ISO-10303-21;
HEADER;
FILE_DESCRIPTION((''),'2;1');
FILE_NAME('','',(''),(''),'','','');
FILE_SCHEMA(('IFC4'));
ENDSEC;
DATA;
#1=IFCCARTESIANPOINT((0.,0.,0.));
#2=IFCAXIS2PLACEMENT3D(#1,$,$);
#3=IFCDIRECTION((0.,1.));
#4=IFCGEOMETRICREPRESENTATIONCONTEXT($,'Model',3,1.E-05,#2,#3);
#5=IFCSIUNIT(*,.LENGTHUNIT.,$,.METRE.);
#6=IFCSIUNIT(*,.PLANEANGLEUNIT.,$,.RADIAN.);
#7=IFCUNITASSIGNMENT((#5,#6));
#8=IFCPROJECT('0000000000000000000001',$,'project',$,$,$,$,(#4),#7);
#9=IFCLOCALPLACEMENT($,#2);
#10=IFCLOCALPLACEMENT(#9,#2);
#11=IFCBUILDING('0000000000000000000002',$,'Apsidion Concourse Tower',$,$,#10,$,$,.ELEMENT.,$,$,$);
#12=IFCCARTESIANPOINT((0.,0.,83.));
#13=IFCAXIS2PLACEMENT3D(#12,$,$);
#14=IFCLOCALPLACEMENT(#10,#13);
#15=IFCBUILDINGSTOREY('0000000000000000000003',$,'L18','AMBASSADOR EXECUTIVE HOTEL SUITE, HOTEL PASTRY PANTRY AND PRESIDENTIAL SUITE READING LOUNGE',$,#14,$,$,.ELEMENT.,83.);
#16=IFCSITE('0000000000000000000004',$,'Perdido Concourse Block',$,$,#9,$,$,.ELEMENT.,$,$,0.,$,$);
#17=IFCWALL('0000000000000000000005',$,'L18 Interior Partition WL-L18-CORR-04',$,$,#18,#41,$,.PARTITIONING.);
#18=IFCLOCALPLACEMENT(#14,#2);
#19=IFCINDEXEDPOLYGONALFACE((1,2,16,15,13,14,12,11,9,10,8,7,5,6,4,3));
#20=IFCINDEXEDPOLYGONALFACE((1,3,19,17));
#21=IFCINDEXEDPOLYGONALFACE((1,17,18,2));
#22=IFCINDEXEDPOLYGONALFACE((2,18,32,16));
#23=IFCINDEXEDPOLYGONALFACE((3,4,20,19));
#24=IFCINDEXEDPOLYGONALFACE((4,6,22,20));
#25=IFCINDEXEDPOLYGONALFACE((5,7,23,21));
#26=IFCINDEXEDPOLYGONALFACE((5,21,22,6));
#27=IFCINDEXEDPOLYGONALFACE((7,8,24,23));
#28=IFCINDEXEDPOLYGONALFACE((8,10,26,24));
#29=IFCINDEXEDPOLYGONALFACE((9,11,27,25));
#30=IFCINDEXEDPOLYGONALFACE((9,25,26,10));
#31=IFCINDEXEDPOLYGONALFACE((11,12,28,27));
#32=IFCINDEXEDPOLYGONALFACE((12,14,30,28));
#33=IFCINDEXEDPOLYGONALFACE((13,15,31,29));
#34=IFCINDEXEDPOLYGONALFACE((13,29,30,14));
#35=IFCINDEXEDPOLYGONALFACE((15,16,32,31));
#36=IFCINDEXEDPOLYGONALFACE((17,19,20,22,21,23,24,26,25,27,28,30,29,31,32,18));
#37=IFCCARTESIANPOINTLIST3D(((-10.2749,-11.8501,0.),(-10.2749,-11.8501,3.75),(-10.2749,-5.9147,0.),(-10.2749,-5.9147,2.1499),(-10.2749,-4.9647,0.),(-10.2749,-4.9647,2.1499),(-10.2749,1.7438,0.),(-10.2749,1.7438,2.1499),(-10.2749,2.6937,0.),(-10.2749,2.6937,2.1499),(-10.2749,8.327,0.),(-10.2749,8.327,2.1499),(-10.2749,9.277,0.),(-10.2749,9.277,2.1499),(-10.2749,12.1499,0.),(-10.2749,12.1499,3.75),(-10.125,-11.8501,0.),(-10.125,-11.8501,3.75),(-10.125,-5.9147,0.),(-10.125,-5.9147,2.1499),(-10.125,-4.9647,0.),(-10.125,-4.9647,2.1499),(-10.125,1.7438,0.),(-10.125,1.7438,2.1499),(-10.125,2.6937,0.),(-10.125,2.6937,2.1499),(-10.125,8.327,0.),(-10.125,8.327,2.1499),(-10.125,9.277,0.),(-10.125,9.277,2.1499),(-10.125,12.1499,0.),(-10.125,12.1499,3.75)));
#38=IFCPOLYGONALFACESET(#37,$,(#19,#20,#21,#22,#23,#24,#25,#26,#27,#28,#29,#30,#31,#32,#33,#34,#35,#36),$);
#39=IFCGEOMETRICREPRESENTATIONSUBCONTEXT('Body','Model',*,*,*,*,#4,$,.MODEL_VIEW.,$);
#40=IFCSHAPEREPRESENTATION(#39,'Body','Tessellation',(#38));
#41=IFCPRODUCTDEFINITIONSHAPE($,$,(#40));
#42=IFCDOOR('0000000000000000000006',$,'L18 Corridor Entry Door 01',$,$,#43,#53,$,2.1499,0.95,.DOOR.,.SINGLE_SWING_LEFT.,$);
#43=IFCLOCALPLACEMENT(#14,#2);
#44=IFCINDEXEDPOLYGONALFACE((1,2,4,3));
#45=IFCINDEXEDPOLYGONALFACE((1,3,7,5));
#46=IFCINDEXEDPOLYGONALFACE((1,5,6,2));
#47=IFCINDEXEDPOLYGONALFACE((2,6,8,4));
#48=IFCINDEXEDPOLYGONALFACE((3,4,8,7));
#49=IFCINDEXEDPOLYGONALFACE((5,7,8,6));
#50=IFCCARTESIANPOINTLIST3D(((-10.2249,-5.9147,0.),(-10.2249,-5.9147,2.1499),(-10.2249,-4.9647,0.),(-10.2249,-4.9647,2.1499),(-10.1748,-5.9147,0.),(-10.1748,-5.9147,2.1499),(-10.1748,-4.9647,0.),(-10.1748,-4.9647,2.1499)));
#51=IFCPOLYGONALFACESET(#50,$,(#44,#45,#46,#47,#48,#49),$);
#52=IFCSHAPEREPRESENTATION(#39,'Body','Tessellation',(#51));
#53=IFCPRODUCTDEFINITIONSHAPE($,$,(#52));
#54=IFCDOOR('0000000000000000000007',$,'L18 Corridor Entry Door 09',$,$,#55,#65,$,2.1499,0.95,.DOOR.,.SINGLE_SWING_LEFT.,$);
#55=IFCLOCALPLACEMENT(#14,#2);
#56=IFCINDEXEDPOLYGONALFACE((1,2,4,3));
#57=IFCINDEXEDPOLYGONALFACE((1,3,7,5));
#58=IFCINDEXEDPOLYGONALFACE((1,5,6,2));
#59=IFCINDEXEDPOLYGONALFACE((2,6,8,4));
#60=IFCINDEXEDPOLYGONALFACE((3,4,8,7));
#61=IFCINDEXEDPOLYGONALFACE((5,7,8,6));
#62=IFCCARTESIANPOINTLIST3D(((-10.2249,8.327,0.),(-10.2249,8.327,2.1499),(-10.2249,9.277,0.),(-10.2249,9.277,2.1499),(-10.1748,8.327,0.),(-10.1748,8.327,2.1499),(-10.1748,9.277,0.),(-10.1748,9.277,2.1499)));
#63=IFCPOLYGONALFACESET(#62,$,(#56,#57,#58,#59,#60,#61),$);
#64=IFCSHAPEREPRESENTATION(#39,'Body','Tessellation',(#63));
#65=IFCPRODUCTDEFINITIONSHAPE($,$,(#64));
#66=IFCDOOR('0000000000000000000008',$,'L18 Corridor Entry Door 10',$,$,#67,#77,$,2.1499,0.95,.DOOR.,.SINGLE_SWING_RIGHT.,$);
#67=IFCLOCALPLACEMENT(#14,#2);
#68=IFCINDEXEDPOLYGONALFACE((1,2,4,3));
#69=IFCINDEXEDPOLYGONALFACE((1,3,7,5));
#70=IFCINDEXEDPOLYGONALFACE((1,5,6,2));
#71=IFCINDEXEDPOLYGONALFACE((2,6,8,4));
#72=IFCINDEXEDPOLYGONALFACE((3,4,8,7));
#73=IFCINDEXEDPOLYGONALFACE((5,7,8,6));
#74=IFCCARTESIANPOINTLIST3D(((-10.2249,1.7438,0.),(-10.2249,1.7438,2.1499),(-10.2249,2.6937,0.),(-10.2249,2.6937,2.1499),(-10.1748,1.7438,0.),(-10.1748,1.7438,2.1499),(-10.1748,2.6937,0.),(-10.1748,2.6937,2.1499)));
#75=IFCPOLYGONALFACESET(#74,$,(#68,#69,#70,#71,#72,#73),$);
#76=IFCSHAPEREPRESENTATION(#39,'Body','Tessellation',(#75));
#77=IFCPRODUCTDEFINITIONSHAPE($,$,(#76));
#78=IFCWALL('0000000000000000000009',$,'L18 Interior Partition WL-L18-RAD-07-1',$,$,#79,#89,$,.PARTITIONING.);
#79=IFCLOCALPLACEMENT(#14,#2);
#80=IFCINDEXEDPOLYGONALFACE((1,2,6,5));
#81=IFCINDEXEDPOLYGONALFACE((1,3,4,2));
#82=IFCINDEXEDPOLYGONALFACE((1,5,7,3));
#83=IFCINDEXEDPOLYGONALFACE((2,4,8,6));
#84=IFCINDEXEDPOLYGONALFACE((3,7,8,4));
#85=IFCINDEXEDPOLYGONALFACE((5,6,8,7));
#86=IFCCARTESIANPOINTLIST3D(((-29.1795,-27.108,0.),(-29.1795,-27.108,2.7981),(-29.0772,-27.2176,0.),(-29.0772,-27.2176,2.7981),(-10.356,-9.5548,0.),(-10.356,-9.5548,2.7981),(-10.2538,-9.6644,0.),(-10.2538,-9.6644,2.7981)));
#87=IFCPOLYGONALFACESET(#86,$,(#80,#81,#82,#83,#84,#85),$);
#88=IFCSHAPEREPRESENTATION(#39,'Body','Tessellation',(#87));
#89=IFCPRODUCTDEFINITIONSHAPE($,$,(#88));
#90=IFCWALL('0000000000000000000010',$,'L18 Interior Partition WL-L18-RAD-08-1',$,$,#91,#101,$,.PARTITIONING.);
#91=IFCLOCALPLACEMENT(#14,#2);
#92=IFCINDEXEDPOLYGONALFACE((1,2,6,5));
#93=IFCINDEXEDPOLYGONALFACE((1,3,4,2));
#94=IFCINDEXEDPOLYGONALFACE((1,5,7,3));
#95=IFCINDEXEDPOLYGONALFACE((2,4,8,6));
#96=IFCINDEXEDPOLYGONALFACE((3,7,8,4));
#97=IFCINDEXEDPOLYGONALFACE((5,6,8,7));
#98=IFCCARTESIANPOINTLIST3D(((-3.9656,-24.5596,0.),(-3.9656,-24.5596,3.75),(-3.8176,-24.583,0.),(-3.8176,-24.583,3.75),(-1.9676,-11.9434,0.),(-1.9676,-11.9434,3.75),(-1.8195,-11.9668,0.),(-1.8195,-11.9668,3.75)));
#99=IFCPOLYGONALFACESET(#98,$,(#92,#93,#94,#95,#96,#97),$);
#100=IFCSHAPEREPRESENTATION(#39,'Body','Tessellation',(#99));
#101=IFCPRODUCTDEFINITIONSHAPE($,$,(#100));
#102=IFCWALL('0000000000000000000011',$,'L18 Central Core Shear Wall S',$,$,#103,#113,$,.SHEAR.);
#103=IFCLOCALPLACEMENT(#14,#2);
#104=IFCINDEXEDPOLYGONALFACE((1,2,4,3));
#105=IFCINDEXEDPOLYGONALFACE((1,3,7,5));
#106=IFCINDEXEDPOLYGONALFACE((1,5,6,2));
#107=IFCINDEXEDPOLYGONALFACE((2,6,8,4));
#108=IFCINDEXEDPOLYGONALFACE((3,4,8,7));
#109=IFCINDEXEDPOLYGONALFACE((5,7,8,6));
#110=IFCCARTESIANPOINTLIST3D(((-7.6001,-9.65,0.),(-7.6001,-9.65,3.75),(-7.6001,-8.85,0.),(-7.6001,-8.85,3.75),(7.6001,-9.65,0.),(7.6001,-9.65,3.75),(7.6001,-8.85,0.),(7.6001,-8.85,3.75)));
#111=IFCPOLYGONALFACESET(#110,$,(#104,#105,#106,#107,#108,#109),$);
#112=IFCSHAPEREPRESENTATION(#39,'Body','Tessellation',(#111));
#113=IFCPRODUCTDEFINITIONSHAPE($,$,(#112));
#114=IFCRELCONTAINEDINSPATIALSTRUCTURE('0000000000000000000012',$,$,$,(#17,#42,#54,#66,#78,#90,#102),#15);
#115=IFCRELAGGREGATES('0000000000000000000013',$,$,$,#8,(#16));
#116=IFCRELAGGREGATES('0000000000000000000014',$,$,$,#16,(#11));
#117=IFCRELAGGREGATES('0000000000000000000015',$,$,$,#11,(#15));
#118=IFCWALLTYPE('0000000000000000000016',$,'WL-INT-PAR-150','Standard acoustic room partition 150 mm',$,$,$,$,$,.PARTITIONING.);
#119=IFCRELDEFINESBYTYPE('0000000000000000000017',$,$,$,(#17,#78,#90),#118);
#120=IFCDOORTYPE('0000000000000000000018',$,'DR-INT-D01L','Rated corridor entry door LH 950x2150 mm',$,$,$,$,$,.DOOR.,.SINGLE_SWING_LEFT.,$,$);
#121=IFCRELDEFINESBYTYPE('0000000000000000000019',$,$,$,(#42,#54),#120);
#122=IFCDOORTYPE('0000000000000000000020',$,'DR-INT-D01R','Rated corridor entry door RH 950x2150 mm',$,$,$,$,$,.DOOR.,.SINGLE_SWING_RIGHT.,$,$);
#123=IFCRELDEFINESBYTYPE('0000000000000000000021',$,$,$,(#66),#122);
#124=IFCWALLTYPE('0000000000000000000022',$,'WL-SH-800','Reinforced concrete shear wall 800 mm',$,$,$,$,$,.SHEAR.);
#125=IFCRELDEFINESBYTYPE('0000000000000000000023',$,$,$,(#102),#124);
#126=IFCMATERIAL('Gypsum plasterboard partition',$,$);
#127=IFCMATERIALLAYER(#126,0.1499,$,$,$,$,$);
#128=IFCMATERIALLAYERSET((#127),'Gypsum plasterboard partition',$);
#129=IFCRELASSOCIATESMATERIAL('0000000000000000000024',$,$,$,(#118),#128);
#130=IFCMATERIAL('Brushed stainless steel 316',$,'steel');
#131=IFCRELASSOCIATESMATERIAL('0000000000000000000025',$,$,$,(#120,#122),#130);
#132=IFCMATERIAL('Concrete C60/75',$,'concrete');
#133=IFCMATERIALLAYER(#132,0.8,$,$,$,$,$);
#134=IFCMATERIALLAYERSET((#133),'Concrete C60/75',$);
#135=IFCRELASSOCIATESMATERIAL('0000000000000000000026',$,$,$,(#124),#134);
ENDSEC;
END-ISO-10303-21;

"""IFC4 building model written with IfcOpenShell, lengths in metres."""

from ifc_helpers import new_model, si_unit, direction, frame, frame_2d, origin, place, context, subcontext, project, spatial, rectangle, extrude, material, layer, layer_set, type_object, element, fill, save


model = new_model("IFC4")

# Units and contexts
model_context = context("Model", 3, precision=1e-05, world=origin(), true_north=direction((0.0, 1.0)))
body_context = subcontext(model_context, "Body", "Model", "MODEL_VIEW")
ifc_project = project(units=[si_unit("LENGTHUNIT", "METRE"), si_unit("PLANEANGLEUNIT", "RADIAN")], contexts=[model_context])

# Site, building, storey
site_placement = place(None, origin())
site = spatial("IfcSite", under=ifc_project, at=site_placement, Name="Perdido Concourse Block", CompositionType="ELEMENT", RefElevation=0.0)
building_placement = place(site_placement, origin())
building = spatial("IfcBuilding", under=site, at=building_placement, Name="Apsidion Concourse Tower", CompositionType="ELEMENT")
storey_placement = place(building_placement, frame((0.0, 0.0, 83.0)))
storey = spatial("IfcBuildingStorey", under=building, at=storey_placement, Name="L18", Description="AMBASSADOR EXECUTIVE HOTEL SUITE, HOTEL PASTRY PANTRY AND PRESIDENTIAL SUITE READING LOUNGE", CompositionType="ELEMENT", Elevation=83.0)

# Shared definitions
ifc_material_1 = material(Name="Concrete C60/75", Category="concrete")

# Shared definitions
ifc_material_2 = material(Name="Gypsum plasterboard partition")
ifc_layer_1 = layer(ifc_material_2, 0.1499)
ifc_layer_set_1 = layer_set([ifc_layer_1], Name="Gypsum plasterboard partition")
wall_type_1 = type_object("IfcWallType", Name="WL-INT-PAR-150", Description="Standard acoustic room partition 150 mm", PredefinedType="PARTITIONING", material=ifc_layer_set_1)

# Wall, openings, doors
wall_1_placement = place(storey_placement, frame((-10.2, -11.8501, 0.0), z_axis=(0.0, 0.0, 1.0), x_axis=(0.0, 1.0, 0.0)))
wall_1 = element("IfcWall", 1, at=wall_1_placement, inside=storey, type_object=wall_type_1, Name="L18 Interior Partition WL-L18-CORR-04", PredefinedType="PARTITIONING", context=body_context, shape_type="SweptSolid", body=[
    extrude(rectangle(XDim=24.0, YDim=0.1499, at=frame_2d((12.0, 0.0))), origin(), (0.0, 0.0, 1.0), 3.75),
])
opening_1_placement = place(wall_1_placement, frame((5.9353, 0.0, 0.0)))
opening_1 = element("IfcOpeningElement", 2, at=opening_1_placement, cuts=wall_1, PredefinedType="OPENING", context=body_context, shape_type="SweptSolid", body=[
    extrude(rectangle(XDim=0.95, YDim=2.1499, at=frame_2d((0.4751, 1.075))), frame((0.0, 0.085, 0.0), z_axis=(0.0, -1.0, 0.0), x_axis=(1.0, 0.0, 0.0)), (0.0, 0.0, 1.0), 0.1699),
])
opening_2_placement = place(wall_1_placement, frame((20.177, 0.0, 0.0)))
opening_2 = element("IfcOpeningElement", 3, at=opening_2_placement, cuts=wall_1, PredefinedType="OPENING", context=body_context, shape_type="SweptSolid", body=[
    extrude(rectangle(XDim=0.95, YDim=2.1499, at=frame_2d((0.4751, 1.075))), frame((0.0, 0.085, 0.0), z_axis=(0.0, -1.0, 0.0), x_axis=(1.0, 0.0, 0.0)), (0.0, 0.0, 1.0), 0.1699),
])
opening_3_placement = place(wall_1_placement, frame((13.5938, 0.0, 0.0)))
opening_3 = element("IfcOpeningElement", 4, at=opening_3_placement, cuts=wall_1, PredefinedType="OPENING", context=body_context, shape_type="SweptSolid", body=[
    extrude(rectangle(XDim=0.95, YDim=2.1499, at=frame_2d((0.4751, 1.075))), frame((0.0, 0.085, 0.0), z_axis=(0.0, -1.0, 0.0), x_axis=(1.0, 0.0, 0.0)), (0.0, 0.0, 1.0), 0.1699),
])
ifc_material_3 = material(Name="Brushed stainless steel 316", Category="steel")
door_type_1 = type_object("IfcDoorType", Name="DR-INT-D01L", Description="Rated corridor entry door LH 950x2150 mm", OperationType="SINGLE_SWING_LEFT", PredefinedType="DOOR", material=ifc_material_3)
door_1_placement = place(opening_1_placement, origin())
door_1 = element("IfcDoor", 5, at=door_1_placement, inside=storey, type_object=door_type_1, Name="L18 Corridor Entry Door 01", OperationType="SINGLE_SWING_LEFT", OverallHeight=2.1499, OverallWidth=0.95, PredefinedType="DOOR", context=body_context, shape_type="SweptSolid", body=[
    extrude(rectangle(XDim=0.95, YDim=2.1499, at=frame_2d((0.4751, 1.075))), frame((0.0, 0.0249, 0.0), z_axis=(0.0, -1.0, 0.0), x_axis=(1.0, 0.0, 0.0)), (0.0, 0.0, 1.0), 0.05),
])
fill(opening_1, door_1)
door_2_placement = place(opening_2_placement, origin())
door_2 = element("IfcDoor", 6, at=door_2_placement, inside=storey, type_object=door_type_1, Name="L18 Corridor Entry Door 09", OperationType="SINGLE_SWING_LEFT", OverallHeight=2.1499, OverallWidth=0.95, PredefinedType="DOOR", context=body_context, shape_type="SweptSolid", body=[
    extrude(rectangle(XDim=0.95, YDim=2.1499, at=frame_2d((0.4751, 1.075))), frame((0.0, 0.0249, 0.0), z_axis=(0.0, -1.0, 0.0), x_axis=(1.0, 0.0, 0.0)), (0.0, 0.0, 1.0), 0.05),
])
fill(opening_2, door_2)
door_type_2 = type_object("IfcDoorType", Name="DR-INT-D01R", Description="Rated corridor entry door RH 950x2150 mm", OperationType="SINGLE_SWING_RIGHT", PredefinedType="DOOR", material=ifc_material_3)
door_3_placement = place(opening_3_placement, origin())
door_3 = element("IfcDoor", 7, at=door_3_placement, inside=storey, type_object=door_type_2, Name="L18 Corridor Entry Door 10", OperationType="SINGLE_SWING_RIGHT", OverallHeight=2.1499, OverallWidth=0.95, PredefinedType="DOOR", context=body_context, shape_type="SweptSolid", body=[
    extrude(rectangle(XDim=0.95, YDim=2.1499, at=frame_2d((0.4751, 1.075))), frame((0.0, 0.0249, 0.0), z_axis=(0.0, -1.0, 0.0), x_axis=(1.0, 0.0, 0.0)), (0.0, 0.0, 1.0), 0.05),
])
fill(opening_3, door_3)

# Walls
wall_2_placement = place(storey_placement, frame((-10.3049, -9.6096, 0.0), z_axis=(0.0, 0.0, 1.0), x_axis=(-0.731353, -0.681999, 0.0)))
element("IfcWall", 8, at=wall_2_placement, inside=storey, type_object=wall_type_1, Name="L18 Interior Partition WL-L18-RAD-07-1", PredefinedType="PARTITIONING", context=body_context, shape_type="SweptSolid", body=[
    extrude(rectangle(XDim=25.7378, YDim=0.1499, at=frame_2d((12.8689, 0.0))), origin(), (0.0, 0.0, 1.0), 2.7981),
])
wall_3_placement = place(storey_placement, frame((-1.8936, -11.9551, 0.0), z_axis=(0.0, 0.0, 1.0), x_axis=(-0.156422, -0.98769, 0.0)))
element("IfcWall", 9, at=wall_3_placement, inside=storey, type_object=wall_type_1, Name="L18 Interior Partition WL-L18-RAD-08-1", PredefinedType="PARTITIONING", context=body_context, shape_type="SweptSolid", body=[
    extrude(rectangle(XDim=12.7734, YDim=0.1499, at=frame_2d((6.3867, 0.0))), origin(), (0.0, 0.0, 1.0), 3.75),
])

# Shared definitions
ifc_layer_2 = layer(ifc_material_1, 0.8)
ifc_layer_set_2 = layer_set([ifc_layer_2], Name="Concrete C60/75")
wall_type_2 = type_object("IfcWallType", Name="WL-SH-800", Description="Reinforced concrete shear wall 800 mm", PredefinedType="SHEAR", material=ifc_layer_set_2)

# Wall
wall_4_placement = place(storey_placement, frame((-7.6001, -9.25, 0.0), z_axis=(0.0, 0.0, 1.0), x_axis=(1.0, 0.0, 0.0)))
element("IfcWall", 10, at=wall_4_placement, inside=storey, type_object=wall_type_2, Name="L18 Central Core Shear Wall S", PredefinedType="SHEAR", context=body_context, shape_type="SweptSolid", body=[
    extrude(rectangle(XDim=15.2002, YDim=0.8, at=frame_2d((7.6001, 0.0))), origin(), (0.0, 0.0, 1.0), 3.75),
])

save(model, "model.ifc")
